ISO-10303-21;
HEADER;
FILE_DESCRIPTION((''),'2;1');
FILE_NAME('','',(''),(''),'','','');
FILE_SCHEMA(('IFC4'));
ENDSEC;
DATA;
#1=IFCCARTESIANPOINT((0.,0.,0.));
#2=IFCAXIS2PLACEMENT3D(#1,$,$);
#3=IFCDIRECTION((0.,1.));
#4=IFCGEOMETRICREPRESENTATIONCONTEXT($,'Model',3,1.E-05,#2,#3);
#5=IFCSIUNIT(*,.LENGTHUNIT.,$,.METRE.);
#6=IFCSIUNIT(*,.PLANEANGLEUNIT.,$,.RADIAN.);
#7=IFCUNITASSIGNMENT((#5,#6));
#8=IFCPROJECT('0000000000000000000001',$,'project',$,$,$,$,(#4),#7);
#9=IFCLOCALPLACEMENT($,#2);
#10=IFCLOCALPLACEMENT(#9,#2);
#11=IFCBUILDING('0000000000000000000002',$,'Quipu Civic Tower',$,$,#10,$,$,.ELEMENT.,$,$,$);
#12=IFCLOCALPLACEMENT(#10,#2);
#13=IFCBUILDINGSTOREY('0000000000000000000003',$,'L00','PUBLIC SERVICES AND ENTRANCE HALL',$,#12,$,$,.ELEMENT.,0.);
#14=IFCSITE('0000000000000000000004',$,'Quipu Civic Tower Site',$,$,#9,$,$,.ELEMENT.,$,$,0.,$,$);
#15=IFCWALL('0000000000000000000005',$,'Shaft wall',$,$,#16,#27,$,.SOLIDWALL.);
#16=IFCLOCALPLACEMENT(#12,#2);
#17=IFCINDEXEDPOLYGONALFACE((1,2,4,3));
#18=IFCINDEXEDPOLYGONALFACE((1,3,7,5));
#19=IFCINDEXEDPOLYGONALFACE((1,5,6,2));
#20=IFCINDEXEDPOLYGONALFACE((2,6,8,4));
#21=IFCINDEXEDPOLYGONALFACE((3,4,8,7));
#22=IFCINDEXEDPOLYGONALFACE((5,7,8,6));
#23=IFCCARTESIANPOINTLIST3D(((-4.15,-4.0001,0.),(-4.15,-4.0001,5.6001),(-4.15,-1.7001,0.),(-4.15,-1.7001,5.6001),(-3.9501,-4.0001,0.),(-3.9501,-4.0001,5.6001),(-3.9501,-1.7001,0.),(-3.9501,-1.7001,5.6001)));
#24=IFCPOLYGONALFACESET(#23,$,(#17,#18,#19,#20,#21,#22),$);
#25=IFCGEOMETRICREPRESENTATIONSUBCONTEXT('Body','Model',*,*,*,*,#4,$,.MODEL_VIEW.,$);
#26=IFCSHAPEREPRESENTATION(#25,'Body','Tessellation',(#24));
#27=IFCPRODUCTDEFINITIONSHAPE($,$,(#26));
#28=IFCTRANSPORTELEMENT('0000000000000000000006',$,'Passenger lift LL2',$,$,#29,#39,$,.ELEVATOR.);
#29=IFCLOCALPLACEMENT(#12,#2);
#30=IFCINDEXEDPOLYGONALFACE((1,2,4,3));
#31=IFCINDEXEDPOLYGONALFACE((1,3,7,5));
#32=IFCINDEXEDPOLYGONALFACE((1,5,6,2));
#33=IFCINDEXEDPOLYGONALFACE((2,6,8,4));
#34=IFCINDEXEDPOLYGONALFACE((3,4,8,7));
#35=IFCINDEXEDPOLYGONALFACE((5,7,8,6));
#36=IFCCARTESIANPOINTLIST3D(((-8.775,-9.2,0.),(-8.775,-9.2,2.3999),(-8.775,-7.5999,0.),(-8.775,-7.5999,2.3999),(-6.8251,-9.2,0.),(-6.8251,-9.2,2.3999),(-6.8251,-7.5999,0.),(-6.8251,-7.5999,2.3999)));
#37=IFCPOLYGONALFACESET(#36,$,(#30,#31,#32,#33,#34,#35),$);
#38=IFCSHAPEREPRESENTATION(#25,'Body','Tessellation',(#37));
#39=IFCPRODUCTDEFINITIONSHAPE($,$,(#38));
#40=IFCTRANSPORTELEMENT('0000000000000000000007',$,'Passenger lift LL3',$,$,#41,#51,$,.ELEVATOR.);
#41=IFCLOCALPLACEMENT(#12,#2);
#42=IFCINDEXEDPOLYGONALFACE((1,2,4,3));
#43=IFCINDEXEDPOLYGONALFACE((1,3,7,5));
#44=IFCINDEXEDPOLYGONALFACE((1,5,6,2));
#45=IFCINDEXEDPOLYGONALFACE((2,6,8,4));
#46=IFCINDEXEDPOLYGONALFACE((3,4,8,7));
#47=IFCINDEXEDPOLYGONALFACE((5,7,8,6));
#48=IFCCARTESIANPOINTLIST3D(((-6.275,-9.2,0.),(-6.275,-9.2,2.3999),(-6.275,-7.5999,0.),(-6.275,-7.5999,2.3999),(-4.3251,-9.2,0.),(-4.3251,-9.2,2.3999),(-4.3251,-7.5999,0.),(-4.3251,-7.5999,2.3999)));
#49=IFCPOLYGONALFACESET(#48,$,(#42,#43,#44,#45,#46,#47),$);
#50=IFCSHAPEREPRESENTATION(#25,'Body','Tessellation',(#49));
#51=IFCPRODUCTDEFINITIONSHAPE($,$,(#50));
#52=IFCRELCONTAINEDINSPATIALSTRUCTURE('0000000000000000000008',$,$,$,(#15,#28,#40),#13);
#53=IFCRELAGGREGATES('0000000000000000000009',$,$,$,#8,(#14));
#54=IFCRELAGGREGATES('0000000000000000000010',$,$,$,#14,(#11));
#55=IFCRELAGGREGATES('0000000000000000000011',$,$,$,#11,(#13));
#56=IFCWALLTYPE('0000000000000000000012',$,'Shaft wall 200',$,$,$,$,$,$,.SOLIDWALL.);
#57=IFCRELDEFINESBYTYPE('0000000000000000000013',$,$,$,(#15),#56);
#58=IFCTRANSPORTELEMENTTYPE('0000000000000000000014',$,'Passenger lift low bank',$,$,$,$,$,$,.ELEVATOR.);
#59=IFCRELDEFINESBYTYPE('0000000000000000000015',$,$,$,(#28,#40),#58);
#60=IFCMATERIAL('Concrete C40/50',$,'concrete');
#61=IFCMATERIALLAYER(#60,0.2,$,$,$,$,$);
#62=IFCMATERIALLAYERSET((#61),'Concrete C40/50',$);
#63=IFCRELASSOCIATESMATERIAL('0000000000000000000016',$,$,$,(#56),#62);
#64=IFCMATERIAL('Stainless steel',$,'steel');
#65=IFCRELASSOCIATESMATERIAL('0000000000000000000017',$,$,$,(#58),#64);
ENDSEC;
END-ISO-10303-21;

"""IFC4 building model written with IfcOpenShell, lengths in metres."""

from ifc_helpers import new_model, si_unit, direction, frame, frame_2d, origin, origin_2d, place, context, subcontext, project, spatial, rectangle, extrude, material, layer, layer_set, type_object, element, save


model = new_model("IFC4")

# Units and contexts
model_context = context("Model", 3, precision=1e-05, world=origin(), true_north=direction((0.0, 1.0)))
body_context = subcontext(model_context, "Body", "Model", "MODEL_VIEW")
ifc_project = project(units=[si_unit("LENGTHUNIT", "METRE"), si_unit("PLANEANGLEUNIT", "RADIAN")], contexts=[model_context])

# Site, building, storey
site_placement = place(None, origin())
site = spatial("IfcSite", under=ifc_project, at=site_placement, Name="Quipu Civic Tower Site", CompositionType="ELEMENT", RefElevation=0.0)
building_placement = place(site_placement, origin())
building = spatial("IfcBuilding", under=site, at=building_placement, Name="Quipu Civic Tower", CompositionType="ELEMENT")
storey_placement = place(building_placement, origin())
storey = spatial("IfcBuildingStorey", under=building, at=storey_placement, Name="L00", Description="PUBLIC SERVICES AND ENTRANCE HALL", CompositionType="ELEMENT", Elevation=0.0)

# Wall
ifc_material_1 = material(Name="Concrete C40/50", Category="concrete")
ifc_layer_1 = layer(ifc_material_1, 0.2)
ifc_layer_set_1 = layer_set([ifc_layer_1], Name="Concrete C40/50")
wall_type_1 = type_object("IfcWallType", Name="Shaft wall 200", PredefinedType="SOLIDWALL", material=ifc_layer_set_1)
for number, where, z_axis, x_axis, name in (
    (1, (-4.05, -4.0, 0.0), (0.0, 0.0, 1.0), (0.0, 1.0, 0.0), "Shaft wall"),
):
    element("IfcWall", number, at=place(storey_placement, frame(where, z_axis=z_axis, x_axis=x_axis)), inside=storey, type_object=wall_type_1, Name=name, PredefinedType="SOLIDWALL", context=body_context, shape_type="SweptSolid", body=[
        extrude(rectangle(XDim=2.3, YDim=0.2, at=frame_2d((1.1499, 0.0))), origin(), (0.0, 0.0, 1.0), 5.6001),
    ])

# Transport elements
ifc_material_2 = material(Name="Stainless steel", Category="steel")
transport_element_type = type_object("IfcTransportElementType", Name="Passenger lift low bank", PredefinedType="ELEVATOR", material=ifc_material_2)
for number, where, z_axis, x_axis, name in (
    (2, (-7.8, -8.3999, 0.0), (0.0, 0.0, 1.0), (1.0, 0.0, 0.0), "Passenger lift LL2"),
    (3, (-5.3, -8.3999, 0.0), (0.0, 0.0, 1.0), (1.0, 0.0, 0.0), "Passenger lift LL3"),
):
    element("IfcTransportElement", number, at=place(storey_placement, frame(where, z_axis=z_axis, x_axis=x_axis)), inside=storey, type_object=transport_element_type, Name=name, PredefinedType="ELEVATOR", context=body_context, shape_type="SweptSolid", body=[
        extrude(rectangle(XDim=1.95, YDim=1.6001, at=origin_2d()), origin(), (0.0, 0.0, 1.0), 2.3999),
    ])

save(model, "model.ifc")
